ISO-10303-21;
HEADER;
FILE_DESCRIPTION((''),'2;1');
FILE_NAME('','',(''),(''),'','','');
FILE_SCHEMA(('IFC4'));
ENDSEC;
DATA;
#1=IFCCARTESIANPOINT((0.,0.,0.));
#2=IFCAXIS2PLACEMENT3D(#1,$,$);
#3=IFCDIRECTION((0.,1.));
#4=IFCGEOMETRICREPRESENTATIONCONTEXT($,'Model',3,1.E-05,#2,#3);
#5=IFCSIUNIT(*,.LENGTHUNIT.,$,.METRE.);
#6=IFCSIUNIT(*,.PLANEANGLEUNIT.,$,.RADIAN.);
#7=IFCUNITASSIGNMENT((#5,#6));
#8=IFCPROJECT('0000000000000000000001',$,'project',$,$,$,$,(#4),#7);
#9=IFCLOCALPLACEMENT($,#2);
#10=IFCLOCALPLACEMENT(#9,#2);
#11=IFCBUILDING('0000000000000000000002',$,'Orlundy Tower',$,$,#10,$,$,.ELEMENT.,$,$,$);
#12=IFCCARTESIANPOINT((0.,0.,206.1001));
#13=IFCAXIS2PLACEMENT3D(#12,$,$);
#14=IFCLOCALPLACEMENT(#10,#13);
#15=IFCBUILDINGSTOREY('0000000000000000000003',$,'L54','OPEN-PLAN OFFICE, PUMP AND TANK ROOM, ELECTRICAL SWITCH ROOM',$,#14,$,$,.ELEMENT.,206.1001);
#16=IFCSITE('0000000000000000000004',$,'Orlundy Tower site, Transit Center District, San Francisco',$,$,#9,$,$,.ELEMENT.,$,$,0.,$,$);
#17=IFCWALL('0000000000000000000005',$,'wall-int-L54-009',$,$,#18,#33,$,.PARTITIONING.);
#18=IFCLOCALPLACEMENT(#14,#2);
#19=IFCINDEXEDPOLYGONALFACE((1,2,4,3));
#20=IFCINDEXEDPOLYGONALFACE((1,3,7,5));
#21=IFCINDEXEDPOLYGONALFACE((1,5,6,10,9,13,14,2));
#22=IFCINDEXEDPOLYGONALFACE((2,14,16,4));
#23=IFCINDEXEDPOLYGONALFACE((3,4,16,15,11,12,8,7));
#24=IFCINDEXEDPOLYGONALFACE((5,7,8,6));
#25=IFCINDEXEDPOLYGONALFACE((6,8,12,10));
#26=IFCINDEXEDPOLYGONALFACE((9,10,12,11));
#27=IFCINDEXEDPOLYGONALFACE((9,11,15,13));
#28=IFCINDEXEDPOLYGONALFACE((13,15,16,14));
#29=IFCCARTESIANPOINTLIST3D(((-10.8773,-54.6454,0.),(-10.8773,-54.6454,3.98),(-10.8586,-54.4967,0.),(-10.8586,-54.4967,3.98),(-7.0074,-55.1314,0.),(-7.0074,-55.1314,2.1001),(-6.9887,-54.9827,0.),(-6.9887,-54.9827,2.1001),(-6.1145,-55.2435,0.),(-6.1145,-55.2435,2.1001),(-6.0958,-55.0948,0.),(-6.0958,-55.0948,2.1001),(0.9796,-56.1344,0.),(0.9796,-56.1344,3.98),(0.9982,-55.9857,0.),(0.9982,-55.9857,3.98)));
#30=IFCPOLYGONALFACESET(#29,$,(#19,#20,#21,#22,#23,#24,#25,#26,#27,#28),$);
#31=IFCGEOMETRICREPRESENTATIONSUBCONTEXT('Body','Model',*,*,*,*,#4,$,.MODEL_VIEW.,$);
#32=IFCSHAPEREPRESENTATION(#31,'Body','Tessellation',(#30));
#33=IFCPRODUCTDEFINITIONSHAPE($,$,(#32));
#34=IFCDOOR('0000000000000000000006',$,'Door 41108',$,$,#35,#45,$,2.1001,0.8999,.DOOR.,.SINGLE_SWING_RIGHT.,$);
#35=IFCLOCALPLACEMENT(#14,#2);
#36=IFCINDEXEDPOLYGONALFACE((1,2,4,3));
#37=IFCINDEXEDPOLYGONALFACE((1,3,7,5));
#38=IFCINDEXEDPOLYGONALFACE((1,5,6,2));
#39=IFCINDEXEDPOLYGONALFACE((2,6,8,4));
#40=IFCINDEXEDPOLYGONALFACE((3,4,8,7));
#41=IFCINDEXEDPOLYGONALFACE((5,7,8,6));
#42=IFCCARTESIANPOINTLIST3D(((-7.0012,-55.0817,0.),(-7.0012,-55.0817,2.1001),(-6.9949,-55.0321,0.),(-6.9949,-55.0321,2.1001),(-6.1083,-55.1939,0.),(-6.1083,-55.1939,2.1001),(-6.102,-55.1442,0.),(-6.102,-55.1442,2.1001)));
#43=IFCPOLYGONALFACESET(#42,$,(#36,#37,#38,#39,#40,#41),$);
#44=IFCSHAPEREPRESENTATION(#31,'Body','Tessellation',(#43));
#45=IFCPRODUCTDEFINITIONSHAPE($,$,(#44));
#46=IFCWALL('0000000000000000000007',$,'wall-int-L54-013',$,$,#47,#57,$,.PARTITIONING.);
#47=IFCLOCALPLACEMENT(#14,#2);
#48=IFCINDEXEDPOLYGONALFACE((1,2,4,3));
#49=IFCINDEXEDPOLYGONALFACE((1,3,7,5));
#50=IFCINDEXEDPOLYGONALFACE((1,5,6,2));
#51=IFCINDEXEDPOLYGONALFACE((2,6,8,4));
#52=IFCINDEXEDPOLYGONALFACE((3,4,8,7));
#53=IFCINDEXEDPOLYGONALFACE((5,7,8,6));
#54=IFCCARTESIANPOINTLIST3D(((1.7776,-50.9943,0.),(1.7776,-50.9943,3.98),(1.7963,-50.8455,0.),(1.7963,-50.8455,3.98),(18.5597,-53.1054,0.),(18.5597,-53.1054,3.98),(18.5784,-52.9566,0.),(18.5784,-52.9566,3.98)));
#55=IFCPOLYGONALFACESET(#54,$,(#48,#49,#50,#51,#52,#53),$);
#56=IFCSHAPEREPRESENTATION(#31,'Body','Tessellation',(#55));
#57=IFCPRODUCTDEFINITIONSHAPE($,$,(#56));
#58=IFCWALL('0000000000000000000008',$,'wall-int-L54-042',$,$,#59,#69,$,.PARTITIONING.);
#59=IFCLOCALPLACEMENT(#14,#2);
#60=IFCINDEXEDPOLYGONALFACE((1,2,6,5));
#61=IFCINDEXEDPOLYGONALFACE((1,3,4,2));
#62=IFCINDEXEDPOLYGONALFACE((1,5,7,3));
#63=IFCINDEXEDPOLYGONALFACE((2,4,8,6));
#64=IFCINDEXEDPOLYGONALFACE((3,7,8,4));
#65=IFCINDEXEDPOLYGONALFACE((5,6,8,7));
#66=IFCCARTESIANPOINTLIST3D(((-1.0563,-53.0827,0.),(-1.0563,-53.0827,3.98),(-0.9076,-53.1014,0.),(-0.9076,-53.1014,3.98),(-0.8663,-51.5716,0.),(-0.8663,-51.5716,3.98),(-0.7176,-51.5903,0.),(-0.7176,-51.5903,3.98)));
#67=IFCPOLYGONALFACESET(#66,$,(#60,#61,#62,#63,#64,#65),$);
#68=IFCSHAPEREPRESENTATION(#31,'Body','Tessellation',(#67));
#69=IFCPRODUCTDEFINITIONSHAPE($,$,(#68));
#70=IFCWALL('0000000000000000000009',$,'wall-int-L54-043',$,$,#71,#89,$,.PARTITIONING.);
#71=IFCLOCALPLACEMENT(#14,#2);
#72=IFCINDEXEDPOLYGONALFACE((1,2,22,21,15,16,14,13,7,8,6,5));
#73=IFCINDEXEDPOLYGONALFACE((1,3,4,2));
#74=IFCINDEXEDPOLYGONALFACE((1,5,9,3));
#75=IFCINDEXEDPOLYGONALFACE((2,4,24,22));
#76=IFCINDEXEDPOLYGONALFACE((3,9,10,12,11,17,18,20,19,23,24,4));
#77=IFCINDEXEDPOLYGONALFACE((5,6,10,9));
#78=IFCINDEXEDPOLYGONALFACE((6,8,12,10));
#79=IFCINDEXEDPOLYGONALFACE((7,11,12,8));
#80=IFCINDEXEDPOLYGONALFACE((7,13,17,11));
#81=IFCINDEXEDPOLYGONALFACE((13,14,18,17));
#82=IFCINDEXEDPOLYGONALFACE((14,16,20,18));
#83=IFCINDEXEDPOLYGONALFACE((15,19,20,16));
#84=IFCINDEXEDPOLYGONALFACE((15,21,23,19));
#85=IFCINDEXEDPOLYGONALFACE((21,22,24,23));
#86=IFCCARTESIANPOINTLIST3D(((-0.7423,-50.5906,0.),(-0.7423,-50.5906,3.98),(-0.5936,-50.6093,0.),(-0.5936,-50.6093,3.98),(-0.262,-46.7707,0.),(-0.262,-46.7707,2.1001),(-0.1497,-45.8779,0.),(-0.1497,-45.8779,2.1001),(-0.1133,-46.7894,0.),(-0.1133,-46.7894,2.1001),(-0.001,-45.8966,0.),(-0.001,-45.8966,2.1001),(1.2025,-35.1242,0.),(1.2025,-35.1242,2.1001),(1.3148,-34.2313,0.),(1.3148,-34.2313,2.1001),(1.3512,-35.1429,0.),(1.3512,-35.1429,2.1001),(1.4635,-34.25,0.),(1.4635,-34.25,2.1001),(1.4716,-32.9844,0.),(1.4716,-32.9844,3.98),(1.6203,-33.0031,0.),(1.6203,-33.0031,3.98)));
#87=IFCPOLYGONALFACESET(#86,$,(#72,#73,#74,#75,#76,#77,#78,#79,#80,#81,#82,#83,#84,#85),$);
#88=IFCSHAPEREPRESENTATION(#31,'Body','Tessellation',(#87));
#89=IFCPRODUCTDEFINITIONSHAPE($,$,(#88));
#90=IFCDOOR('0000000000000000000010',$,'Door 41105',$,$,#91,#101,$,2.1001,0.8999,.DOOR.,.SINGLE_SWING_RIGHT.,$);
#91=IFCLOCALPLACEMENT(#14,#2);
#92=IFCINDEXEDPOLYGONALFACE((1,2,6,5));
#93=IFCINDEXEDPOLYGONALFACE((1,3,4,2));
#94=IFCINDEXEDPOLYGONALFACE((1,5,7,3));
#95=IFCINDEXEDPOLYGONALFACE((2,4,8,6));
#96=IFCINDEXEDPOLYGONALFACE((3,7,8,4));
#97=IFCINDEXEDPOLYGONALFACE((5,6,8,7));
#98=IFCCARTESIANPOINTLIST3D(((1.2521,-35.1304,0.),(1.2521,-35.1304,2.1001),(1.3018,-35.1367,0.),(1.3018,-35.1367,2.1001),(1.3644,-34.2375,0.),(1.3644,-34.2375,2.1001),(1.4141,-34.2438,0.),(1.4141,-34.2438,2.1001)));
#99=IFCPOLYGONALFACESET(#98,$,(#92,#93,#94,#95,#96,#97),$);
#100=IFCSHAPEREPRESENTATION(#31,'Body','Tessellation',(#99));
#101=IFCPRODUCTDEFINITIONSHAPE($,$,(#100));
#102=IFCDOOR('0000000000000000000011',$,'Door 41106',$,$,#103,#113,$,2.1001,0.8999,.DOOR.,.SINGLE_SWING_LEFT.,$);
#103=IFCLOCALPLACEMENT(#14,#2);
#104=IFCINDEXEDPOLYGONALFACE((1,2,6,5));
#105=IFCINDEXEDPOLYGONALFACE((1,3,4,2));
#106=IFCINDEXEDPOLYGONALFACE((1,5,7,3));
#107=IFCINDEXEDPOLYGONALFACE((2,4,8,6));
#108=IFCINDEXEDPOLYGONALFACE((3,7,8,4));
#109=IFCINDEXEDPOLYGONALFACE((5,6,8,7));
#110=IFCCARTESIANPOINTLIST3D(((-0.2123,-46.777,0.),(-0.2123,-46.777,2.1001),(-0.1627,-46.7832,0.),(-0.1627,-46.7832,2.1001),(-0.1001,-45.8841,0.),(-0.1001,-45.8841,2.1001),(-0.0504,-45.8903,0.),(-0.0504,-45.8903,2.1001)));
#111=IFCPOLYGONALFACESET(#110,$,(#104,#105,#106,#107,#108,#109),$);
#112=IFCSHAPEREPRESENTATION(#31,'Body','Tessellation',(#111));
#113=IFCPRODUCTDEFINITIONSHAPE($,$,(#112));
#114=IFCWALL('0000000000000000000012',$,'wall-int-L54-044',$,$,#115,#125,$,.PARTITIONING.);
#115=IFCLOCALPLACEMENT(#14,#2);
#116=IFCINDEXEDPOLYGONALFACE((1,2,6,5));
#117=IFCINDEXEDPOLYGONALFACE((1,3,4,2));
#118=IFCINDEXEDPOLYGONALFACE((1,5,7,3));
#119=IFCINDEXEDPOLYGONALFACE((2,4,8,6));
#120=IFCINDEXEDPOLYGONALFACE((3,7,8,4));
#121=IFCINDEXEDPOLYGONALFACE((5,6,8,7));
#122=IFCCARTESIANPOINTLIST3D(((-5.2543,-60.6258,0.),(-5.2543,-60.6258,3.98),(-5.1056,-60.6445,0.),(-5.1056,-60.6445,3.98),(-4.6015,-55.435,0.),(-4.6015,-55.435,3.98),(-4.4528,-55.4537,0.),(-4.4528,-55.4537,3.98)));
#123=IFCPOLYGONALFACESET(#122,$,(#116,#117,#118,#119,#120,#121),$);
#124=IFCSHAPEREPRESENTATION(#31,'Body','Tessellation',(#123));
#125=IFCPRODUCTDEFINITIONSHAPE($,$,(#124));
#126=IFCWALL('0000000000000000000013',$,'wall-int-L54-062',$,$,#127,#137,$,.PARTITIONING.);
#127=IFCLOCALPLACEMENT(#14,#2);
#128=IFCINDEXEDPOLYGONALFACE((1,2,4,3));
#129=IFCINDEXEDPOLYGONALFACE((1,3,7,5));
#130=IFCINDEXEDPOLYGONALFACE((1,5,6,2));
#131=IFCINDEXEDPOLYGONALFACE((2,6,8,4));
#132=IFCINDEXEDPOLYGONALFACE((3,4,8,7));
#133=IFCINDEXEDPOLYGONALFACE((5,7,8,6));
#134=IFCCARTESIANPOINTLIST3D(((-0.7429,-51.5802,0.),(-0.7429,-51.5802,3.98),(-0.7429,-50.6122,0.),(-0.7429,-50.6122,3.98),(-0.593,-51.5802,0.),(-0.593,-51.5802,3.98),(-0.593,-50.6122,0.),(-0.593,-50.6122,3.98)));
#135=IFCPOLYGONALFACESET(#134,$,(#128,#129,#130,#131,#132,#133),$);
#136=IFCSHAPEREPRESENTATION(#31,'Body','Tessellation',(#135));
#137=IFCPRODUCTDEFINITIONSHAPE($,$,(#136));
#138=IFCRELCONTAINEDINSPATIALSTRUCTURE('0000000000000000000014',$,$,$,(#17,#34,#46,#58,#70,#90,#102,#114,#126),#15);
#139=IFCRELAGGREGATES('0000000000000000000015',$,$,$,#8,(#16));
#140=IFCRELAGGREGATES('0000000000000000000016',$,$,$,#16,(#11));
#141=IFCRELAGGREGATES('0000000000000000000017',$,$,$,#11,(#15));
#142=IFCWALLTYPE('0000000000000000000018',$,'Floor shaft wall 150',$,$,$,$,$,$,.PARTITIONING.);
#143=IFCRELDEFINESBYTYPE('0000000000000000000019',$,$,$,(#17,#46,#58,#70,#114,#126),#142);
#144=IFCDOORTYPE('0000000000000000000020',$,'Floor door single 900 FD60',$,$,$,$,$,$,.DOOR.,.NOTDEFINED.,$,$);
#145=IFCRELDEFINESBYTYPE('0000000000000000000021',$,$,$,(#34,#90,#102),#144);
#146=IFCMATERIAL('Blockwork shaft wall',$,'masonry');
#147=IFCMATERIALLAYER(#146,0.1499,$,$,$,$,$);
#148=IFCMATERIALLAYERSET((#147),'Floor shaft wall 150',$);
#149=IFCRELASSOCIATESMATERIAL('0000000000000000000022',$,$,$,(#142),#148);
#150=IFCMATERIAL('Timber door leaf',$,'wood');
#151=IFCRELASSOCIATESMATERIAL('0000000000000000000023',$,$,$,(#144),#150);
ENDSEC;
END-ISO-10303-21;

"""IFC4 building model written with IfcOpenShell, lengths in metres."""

from ifc_helpers import new_model, si_unit, direction, frame, frame_2d, origin, place, context, subcontext, project, spatial, rectangle, extrude, material, layer, layer_set, type_object, element, fill, save


model = new_model("IFC4")

# Units and contexts
model_context = context("Model", 3, precision=1e-05, world=origin(), true_north=direction((0.0, 1.0)))
body_context = subcontext(model_context, "Body", "Model", "MODEL_VIEW")
ifc_project = project(units=[si_unit("LENGTHUNIT", "METRE"), si_unit("PLANEANGLEUNIT", "RADIAN")], contexts=[model_context])

# Site, building, storey
site_placement = place(None, origin())
site = spatial("IfcSite", under=ifc_project, at=site_placement, Name="Orlundy Tower site, Transit Center District, San Francisco", CompositionType="ELEMENT", RefElevation=0.0)
building_placement = place(site_placement, origin())
building = spatial("IfcBuilding", under=site, at=building_placement, Name="Orlundy Tower", CompositionType="ELEMENT")
storey_placement = place(building_placement, frame((0.0, 0.0, 206.1001)))
storey = spatial("IfcBuildingStorey", under=building, at=storey_placement, Name="L54", Description="OPEN-PLAN OFFICE, PUMP AND TANK ROOM, ELECTRICAL SWITCH ROOM", CompositionType="ELEMENT", Elevation=206.1001)

# Wall, opening, door
ifc_material_1 = material(Name="Blockwork shaft wall", Category="masonry")
ifc_layer = layer(ifc_material_1, 0.1499)
ifc_layer_set = layer_set([ifc_layer], Name="Floor shaft wall 150")
wall_type = type_object("IfcWallType", Name="Floor shaft wall 150", PredefinedType="PARTITIONING", material=ifc_layer_set)
wall_1_placement = place(storey_placement, frame((0.989, -56.0601, 0.0), z_axis=(0.0, 0.0, 1.0), x_axis=(-0.992207, 0.124603, 0.0)))
wall_1 = element("IfcWall", 1, at=wall_1_placement, inside=storey, type_object=wall_type, Name="wall-int-L54-009", PredefinedType="PARTITIONING", context=body_context, shape_type="SweptSolid", body=[
    extrude(rectangle(XDim=11.95, YDim=0.1499, at=frame_2d((5.9751, 0.0))), origin(), (0.0, 0.0, 1.0), 3.98),
])
opening_1_placement = place(wall_1_placement, frame((7.1499, 0.0, 0.0)))
opening_1 = element("IfcOpeningElement", 2, at=opening_1_placement, cuts=wall_1, PredefinedType="OPENING", context=body_context, shape_type="SweptSolid", body=[
    extrude(rectangle(XDim=0.8999, YDim=2.1001, at=frame_2d((0.45, 1.05))), frame((0.0, 0.085, 0.0), z_axis=(0.0, -1.0, 0.0), x_axis=(1.0, 0.0, 0.0)), (0.0, 0.0, 1.0), 0.1699),
])
ifc_material_2 = material(Name="Timber door leaf", Category="wood")
door_type = type_object("IfcDoorType", Name="Floor door single 900 FD60", OperationType="NOTDEFINED", PredefinedType="DOOR", material=ifc_material_2)
door_1_placement = place(opening_1_placement, origin())
door_1 = element("IfcDoor", 3, at=door_1_placement, inside=storey, type_object=door_type, Name="Door 41108", OperationType="SINGLE_SWING_RIGHT", OverallHeight=2.1001, OverallWidth=0.8999, PredefinedType="DOOR", context=body_context, shape_type="SweptSolid", body=[
    extrude(rectangle(XDim=0.8999, YDim=2.1001, at=frame_2d((0.45, 1.05))), frame((0.0, 0.0249, 0.0), z_axis=(0.0, -1.0, 0.0), x_axis=(1.0, 0.0, 0.0)), (0.0, 0.0, 1.0), 0.05),
])
fill(opening_1, door_1)

# Walls
wall_2_placement = place(storey_placement, frame((1.7871, -50.9199, 0.0), z_axis=(0.0, 0.0, 1.0), x_axis=(0.992181, -0.124811, 0.0)))
element("IfcWall", 4, at=wall_2_placement, inside=storey, type_object=wall_type, Name="wall-int-L54-013", PredefinedType="PARTITIONING", context=body_context, shape_type="SweptSolid", body=[
    extrude(rectangle(XDim=16.9143, YDim=0.1499, at=frame_2d((8.457, 0.0))), origin(), (0.0, 0.0, 1.0), 3.98),
])
wall_3_placement = place(storey_placement, frame((-0.9819, -53.092, 0.0), z_axis=(0.0, 0.0, 1.0), x_axis=(0.124725, 0.992191, 0.0)))
element("IfcWall", 5, at=wall_3_placement, inside=storey, type_object=wall_type, Name="wall-int-L54-042", PredefinedType="PARTITIONING", context=body_context, shape_type="SweptSolid", body=[
    extrude(rectangle(XDim=1.5229, YDim=0.1499, at=frame_2d((0.7615, 0.0))), origin(), (0.0, 0.0, 1.0), 3.98),
])

# Wall, openings, doors
wall_4_placement = place(storey_placement, frame((-0.668, -50.6001, 0.0), z_axis=(0.0, 0.0, 1.0), x_axis=(0.124761, 0.992187, 0.0)))
wall_4 = element("IfcWall", 6, at=wall_4_placement, inside=storey, type_object=wall_type, Name="wall-int-L54-043", PredefinedType="PARTITIONING", context=body_context, shape_type="SweptSolid", body=[
    extrude(rectangle(XDim=17.7449, YDim=0.1499, at=frame_2d((8.8726, 0.0))), origin(), (0.0, 0.0, 1.0), 3.98),
])
opening_2_placement = place(wall_4_placement, frame((15.5884, 0.0, 0.0)))
opening_2 = element("IfcOpeningElement", 7, at=opening_2_placement, cuts=wall_4, PredefinedType="OPENING", context=body_context, shape_type="SweptSolid", body=[
    extrude(rectangle(XDim=0.8999, YDim=2.1001, at=frame_2d((0.45, 1.05))), frame((0.0, 0.085, 0.0), z_axis=(0.0, -1.0, 0.0), x_axis=(1.0, 0.0, 0.0)), (0.0, 0.0, 1.0), 0.1699),
])
opening_3_placement = place(wall_4_placement, frame((3.8501, 0.0, 0.0)))
opening_3 = element("IfcOpeningElement", 8, at=opening_3_placement, cuts=wall_4, PredefinedType="OPENING", context=body_context, shape_type="SweptSolid", body=[
    extrude(rectangle(XDim=0.8999, YDim=2.1001, at=frame_2d((0.45, 1.05))), frame((0.0, 0.085, 0.0), z_axis=(0.0, -1.0, 0.0), x_axis=(1.0, 0.0, 0.0)), (0.0, 0.0, 1.0), 0.1699),
])
door_2_placement = place(opening_2_placement, origin())
door_2 = element("IfcDoor", 9, at=door_2_placement, inside=storey, type_object=door_type, Name="Door 41105", OperationType="SINGLE_SWING_RIGHT", OverallHeight=2.1001, OverallWidth=0.8999, PredefinedType="DOOR", context=body_context, shape_type="SweptSolid", body=[
    extrude(rectangle(XDim=0.8999, YDim=2.1001, at=frame_2d((0.45, 1.05))), frame((0.0, 0.0249, 0.0), z_axis=(0.0, -1.0, 0.0), x_axis=(1.0, 0.0, 0.0)), (0.0, 0.0, 1.0), 0.05),
])
fill(opening_2, door_2)
door_3_placement = place(opening_3_placement, origin())
door_3 = element("IfcDoor", 10, at=door_3_placement, inside=storey, type_object=door_type, Name="Door 41106", OperationType="SINGLE_SWING_LEFT", OverallHeight=2.1001, OverallWidth=0.8999, PredefinedType="DOOR", context=body_context, shape_type="SweptSolid", body=[
    extrude(rectangle(XDim=0.8999, YDim=2.1001, at=frame_2d((0.45, 1.05))), frame((0.0, 0.0249, 0.0), z_axis=(0.0, -1.0, 0.0), x_axis=(1.0, 0.0, 0.0)), (0.0, 0.0, 1.0), 0.05),
])
fill(opening_3, door_3)

# Walls
wall_5_placement = place(storey_placement, frame((-5.1799, -60.635, 0.0), z_axis=(0.0, 0.0, 1.0), x_axis=(0.124781, 0.992184, 0.0)))
element("IfcWall", 11, at=wall_5_placement, inside=storey, type_object=wall_type, Name="wall-int-L54-044", PredefinedType="PARTITIONING", context=body_context, shape_type="SweptSolid", body=[
    extrude(rectangle(XDim=5.2317, YDim=0.1499, at=frame_2d((2.6157, 0.0))), origin(), (0.0, 0.0, 1.0), 3.98),
])
wall_6_placement = place(storey_placement, frame((-0.668, -51.5801, 0.0), z_axis=(0.0, 0.0, 1.0), x_axis=(0.0, 1.0, 0.0)))
element("IfcWall", 12, at=wall_6_placement, inside=storey, type_object=wall_type, Name="wall-int-L54-062", PredefinedType="PARTITIONING", context=body_context, shape_type="SweptSolid", body=[
    extrude(rectangle(XDim=0.968, YDim=0.1499, at=frame_2d((0.4839, 0.0))), origin(), (0.0, 0.0, 1.0), 3.98),
])

save(model, "model.ifc")
